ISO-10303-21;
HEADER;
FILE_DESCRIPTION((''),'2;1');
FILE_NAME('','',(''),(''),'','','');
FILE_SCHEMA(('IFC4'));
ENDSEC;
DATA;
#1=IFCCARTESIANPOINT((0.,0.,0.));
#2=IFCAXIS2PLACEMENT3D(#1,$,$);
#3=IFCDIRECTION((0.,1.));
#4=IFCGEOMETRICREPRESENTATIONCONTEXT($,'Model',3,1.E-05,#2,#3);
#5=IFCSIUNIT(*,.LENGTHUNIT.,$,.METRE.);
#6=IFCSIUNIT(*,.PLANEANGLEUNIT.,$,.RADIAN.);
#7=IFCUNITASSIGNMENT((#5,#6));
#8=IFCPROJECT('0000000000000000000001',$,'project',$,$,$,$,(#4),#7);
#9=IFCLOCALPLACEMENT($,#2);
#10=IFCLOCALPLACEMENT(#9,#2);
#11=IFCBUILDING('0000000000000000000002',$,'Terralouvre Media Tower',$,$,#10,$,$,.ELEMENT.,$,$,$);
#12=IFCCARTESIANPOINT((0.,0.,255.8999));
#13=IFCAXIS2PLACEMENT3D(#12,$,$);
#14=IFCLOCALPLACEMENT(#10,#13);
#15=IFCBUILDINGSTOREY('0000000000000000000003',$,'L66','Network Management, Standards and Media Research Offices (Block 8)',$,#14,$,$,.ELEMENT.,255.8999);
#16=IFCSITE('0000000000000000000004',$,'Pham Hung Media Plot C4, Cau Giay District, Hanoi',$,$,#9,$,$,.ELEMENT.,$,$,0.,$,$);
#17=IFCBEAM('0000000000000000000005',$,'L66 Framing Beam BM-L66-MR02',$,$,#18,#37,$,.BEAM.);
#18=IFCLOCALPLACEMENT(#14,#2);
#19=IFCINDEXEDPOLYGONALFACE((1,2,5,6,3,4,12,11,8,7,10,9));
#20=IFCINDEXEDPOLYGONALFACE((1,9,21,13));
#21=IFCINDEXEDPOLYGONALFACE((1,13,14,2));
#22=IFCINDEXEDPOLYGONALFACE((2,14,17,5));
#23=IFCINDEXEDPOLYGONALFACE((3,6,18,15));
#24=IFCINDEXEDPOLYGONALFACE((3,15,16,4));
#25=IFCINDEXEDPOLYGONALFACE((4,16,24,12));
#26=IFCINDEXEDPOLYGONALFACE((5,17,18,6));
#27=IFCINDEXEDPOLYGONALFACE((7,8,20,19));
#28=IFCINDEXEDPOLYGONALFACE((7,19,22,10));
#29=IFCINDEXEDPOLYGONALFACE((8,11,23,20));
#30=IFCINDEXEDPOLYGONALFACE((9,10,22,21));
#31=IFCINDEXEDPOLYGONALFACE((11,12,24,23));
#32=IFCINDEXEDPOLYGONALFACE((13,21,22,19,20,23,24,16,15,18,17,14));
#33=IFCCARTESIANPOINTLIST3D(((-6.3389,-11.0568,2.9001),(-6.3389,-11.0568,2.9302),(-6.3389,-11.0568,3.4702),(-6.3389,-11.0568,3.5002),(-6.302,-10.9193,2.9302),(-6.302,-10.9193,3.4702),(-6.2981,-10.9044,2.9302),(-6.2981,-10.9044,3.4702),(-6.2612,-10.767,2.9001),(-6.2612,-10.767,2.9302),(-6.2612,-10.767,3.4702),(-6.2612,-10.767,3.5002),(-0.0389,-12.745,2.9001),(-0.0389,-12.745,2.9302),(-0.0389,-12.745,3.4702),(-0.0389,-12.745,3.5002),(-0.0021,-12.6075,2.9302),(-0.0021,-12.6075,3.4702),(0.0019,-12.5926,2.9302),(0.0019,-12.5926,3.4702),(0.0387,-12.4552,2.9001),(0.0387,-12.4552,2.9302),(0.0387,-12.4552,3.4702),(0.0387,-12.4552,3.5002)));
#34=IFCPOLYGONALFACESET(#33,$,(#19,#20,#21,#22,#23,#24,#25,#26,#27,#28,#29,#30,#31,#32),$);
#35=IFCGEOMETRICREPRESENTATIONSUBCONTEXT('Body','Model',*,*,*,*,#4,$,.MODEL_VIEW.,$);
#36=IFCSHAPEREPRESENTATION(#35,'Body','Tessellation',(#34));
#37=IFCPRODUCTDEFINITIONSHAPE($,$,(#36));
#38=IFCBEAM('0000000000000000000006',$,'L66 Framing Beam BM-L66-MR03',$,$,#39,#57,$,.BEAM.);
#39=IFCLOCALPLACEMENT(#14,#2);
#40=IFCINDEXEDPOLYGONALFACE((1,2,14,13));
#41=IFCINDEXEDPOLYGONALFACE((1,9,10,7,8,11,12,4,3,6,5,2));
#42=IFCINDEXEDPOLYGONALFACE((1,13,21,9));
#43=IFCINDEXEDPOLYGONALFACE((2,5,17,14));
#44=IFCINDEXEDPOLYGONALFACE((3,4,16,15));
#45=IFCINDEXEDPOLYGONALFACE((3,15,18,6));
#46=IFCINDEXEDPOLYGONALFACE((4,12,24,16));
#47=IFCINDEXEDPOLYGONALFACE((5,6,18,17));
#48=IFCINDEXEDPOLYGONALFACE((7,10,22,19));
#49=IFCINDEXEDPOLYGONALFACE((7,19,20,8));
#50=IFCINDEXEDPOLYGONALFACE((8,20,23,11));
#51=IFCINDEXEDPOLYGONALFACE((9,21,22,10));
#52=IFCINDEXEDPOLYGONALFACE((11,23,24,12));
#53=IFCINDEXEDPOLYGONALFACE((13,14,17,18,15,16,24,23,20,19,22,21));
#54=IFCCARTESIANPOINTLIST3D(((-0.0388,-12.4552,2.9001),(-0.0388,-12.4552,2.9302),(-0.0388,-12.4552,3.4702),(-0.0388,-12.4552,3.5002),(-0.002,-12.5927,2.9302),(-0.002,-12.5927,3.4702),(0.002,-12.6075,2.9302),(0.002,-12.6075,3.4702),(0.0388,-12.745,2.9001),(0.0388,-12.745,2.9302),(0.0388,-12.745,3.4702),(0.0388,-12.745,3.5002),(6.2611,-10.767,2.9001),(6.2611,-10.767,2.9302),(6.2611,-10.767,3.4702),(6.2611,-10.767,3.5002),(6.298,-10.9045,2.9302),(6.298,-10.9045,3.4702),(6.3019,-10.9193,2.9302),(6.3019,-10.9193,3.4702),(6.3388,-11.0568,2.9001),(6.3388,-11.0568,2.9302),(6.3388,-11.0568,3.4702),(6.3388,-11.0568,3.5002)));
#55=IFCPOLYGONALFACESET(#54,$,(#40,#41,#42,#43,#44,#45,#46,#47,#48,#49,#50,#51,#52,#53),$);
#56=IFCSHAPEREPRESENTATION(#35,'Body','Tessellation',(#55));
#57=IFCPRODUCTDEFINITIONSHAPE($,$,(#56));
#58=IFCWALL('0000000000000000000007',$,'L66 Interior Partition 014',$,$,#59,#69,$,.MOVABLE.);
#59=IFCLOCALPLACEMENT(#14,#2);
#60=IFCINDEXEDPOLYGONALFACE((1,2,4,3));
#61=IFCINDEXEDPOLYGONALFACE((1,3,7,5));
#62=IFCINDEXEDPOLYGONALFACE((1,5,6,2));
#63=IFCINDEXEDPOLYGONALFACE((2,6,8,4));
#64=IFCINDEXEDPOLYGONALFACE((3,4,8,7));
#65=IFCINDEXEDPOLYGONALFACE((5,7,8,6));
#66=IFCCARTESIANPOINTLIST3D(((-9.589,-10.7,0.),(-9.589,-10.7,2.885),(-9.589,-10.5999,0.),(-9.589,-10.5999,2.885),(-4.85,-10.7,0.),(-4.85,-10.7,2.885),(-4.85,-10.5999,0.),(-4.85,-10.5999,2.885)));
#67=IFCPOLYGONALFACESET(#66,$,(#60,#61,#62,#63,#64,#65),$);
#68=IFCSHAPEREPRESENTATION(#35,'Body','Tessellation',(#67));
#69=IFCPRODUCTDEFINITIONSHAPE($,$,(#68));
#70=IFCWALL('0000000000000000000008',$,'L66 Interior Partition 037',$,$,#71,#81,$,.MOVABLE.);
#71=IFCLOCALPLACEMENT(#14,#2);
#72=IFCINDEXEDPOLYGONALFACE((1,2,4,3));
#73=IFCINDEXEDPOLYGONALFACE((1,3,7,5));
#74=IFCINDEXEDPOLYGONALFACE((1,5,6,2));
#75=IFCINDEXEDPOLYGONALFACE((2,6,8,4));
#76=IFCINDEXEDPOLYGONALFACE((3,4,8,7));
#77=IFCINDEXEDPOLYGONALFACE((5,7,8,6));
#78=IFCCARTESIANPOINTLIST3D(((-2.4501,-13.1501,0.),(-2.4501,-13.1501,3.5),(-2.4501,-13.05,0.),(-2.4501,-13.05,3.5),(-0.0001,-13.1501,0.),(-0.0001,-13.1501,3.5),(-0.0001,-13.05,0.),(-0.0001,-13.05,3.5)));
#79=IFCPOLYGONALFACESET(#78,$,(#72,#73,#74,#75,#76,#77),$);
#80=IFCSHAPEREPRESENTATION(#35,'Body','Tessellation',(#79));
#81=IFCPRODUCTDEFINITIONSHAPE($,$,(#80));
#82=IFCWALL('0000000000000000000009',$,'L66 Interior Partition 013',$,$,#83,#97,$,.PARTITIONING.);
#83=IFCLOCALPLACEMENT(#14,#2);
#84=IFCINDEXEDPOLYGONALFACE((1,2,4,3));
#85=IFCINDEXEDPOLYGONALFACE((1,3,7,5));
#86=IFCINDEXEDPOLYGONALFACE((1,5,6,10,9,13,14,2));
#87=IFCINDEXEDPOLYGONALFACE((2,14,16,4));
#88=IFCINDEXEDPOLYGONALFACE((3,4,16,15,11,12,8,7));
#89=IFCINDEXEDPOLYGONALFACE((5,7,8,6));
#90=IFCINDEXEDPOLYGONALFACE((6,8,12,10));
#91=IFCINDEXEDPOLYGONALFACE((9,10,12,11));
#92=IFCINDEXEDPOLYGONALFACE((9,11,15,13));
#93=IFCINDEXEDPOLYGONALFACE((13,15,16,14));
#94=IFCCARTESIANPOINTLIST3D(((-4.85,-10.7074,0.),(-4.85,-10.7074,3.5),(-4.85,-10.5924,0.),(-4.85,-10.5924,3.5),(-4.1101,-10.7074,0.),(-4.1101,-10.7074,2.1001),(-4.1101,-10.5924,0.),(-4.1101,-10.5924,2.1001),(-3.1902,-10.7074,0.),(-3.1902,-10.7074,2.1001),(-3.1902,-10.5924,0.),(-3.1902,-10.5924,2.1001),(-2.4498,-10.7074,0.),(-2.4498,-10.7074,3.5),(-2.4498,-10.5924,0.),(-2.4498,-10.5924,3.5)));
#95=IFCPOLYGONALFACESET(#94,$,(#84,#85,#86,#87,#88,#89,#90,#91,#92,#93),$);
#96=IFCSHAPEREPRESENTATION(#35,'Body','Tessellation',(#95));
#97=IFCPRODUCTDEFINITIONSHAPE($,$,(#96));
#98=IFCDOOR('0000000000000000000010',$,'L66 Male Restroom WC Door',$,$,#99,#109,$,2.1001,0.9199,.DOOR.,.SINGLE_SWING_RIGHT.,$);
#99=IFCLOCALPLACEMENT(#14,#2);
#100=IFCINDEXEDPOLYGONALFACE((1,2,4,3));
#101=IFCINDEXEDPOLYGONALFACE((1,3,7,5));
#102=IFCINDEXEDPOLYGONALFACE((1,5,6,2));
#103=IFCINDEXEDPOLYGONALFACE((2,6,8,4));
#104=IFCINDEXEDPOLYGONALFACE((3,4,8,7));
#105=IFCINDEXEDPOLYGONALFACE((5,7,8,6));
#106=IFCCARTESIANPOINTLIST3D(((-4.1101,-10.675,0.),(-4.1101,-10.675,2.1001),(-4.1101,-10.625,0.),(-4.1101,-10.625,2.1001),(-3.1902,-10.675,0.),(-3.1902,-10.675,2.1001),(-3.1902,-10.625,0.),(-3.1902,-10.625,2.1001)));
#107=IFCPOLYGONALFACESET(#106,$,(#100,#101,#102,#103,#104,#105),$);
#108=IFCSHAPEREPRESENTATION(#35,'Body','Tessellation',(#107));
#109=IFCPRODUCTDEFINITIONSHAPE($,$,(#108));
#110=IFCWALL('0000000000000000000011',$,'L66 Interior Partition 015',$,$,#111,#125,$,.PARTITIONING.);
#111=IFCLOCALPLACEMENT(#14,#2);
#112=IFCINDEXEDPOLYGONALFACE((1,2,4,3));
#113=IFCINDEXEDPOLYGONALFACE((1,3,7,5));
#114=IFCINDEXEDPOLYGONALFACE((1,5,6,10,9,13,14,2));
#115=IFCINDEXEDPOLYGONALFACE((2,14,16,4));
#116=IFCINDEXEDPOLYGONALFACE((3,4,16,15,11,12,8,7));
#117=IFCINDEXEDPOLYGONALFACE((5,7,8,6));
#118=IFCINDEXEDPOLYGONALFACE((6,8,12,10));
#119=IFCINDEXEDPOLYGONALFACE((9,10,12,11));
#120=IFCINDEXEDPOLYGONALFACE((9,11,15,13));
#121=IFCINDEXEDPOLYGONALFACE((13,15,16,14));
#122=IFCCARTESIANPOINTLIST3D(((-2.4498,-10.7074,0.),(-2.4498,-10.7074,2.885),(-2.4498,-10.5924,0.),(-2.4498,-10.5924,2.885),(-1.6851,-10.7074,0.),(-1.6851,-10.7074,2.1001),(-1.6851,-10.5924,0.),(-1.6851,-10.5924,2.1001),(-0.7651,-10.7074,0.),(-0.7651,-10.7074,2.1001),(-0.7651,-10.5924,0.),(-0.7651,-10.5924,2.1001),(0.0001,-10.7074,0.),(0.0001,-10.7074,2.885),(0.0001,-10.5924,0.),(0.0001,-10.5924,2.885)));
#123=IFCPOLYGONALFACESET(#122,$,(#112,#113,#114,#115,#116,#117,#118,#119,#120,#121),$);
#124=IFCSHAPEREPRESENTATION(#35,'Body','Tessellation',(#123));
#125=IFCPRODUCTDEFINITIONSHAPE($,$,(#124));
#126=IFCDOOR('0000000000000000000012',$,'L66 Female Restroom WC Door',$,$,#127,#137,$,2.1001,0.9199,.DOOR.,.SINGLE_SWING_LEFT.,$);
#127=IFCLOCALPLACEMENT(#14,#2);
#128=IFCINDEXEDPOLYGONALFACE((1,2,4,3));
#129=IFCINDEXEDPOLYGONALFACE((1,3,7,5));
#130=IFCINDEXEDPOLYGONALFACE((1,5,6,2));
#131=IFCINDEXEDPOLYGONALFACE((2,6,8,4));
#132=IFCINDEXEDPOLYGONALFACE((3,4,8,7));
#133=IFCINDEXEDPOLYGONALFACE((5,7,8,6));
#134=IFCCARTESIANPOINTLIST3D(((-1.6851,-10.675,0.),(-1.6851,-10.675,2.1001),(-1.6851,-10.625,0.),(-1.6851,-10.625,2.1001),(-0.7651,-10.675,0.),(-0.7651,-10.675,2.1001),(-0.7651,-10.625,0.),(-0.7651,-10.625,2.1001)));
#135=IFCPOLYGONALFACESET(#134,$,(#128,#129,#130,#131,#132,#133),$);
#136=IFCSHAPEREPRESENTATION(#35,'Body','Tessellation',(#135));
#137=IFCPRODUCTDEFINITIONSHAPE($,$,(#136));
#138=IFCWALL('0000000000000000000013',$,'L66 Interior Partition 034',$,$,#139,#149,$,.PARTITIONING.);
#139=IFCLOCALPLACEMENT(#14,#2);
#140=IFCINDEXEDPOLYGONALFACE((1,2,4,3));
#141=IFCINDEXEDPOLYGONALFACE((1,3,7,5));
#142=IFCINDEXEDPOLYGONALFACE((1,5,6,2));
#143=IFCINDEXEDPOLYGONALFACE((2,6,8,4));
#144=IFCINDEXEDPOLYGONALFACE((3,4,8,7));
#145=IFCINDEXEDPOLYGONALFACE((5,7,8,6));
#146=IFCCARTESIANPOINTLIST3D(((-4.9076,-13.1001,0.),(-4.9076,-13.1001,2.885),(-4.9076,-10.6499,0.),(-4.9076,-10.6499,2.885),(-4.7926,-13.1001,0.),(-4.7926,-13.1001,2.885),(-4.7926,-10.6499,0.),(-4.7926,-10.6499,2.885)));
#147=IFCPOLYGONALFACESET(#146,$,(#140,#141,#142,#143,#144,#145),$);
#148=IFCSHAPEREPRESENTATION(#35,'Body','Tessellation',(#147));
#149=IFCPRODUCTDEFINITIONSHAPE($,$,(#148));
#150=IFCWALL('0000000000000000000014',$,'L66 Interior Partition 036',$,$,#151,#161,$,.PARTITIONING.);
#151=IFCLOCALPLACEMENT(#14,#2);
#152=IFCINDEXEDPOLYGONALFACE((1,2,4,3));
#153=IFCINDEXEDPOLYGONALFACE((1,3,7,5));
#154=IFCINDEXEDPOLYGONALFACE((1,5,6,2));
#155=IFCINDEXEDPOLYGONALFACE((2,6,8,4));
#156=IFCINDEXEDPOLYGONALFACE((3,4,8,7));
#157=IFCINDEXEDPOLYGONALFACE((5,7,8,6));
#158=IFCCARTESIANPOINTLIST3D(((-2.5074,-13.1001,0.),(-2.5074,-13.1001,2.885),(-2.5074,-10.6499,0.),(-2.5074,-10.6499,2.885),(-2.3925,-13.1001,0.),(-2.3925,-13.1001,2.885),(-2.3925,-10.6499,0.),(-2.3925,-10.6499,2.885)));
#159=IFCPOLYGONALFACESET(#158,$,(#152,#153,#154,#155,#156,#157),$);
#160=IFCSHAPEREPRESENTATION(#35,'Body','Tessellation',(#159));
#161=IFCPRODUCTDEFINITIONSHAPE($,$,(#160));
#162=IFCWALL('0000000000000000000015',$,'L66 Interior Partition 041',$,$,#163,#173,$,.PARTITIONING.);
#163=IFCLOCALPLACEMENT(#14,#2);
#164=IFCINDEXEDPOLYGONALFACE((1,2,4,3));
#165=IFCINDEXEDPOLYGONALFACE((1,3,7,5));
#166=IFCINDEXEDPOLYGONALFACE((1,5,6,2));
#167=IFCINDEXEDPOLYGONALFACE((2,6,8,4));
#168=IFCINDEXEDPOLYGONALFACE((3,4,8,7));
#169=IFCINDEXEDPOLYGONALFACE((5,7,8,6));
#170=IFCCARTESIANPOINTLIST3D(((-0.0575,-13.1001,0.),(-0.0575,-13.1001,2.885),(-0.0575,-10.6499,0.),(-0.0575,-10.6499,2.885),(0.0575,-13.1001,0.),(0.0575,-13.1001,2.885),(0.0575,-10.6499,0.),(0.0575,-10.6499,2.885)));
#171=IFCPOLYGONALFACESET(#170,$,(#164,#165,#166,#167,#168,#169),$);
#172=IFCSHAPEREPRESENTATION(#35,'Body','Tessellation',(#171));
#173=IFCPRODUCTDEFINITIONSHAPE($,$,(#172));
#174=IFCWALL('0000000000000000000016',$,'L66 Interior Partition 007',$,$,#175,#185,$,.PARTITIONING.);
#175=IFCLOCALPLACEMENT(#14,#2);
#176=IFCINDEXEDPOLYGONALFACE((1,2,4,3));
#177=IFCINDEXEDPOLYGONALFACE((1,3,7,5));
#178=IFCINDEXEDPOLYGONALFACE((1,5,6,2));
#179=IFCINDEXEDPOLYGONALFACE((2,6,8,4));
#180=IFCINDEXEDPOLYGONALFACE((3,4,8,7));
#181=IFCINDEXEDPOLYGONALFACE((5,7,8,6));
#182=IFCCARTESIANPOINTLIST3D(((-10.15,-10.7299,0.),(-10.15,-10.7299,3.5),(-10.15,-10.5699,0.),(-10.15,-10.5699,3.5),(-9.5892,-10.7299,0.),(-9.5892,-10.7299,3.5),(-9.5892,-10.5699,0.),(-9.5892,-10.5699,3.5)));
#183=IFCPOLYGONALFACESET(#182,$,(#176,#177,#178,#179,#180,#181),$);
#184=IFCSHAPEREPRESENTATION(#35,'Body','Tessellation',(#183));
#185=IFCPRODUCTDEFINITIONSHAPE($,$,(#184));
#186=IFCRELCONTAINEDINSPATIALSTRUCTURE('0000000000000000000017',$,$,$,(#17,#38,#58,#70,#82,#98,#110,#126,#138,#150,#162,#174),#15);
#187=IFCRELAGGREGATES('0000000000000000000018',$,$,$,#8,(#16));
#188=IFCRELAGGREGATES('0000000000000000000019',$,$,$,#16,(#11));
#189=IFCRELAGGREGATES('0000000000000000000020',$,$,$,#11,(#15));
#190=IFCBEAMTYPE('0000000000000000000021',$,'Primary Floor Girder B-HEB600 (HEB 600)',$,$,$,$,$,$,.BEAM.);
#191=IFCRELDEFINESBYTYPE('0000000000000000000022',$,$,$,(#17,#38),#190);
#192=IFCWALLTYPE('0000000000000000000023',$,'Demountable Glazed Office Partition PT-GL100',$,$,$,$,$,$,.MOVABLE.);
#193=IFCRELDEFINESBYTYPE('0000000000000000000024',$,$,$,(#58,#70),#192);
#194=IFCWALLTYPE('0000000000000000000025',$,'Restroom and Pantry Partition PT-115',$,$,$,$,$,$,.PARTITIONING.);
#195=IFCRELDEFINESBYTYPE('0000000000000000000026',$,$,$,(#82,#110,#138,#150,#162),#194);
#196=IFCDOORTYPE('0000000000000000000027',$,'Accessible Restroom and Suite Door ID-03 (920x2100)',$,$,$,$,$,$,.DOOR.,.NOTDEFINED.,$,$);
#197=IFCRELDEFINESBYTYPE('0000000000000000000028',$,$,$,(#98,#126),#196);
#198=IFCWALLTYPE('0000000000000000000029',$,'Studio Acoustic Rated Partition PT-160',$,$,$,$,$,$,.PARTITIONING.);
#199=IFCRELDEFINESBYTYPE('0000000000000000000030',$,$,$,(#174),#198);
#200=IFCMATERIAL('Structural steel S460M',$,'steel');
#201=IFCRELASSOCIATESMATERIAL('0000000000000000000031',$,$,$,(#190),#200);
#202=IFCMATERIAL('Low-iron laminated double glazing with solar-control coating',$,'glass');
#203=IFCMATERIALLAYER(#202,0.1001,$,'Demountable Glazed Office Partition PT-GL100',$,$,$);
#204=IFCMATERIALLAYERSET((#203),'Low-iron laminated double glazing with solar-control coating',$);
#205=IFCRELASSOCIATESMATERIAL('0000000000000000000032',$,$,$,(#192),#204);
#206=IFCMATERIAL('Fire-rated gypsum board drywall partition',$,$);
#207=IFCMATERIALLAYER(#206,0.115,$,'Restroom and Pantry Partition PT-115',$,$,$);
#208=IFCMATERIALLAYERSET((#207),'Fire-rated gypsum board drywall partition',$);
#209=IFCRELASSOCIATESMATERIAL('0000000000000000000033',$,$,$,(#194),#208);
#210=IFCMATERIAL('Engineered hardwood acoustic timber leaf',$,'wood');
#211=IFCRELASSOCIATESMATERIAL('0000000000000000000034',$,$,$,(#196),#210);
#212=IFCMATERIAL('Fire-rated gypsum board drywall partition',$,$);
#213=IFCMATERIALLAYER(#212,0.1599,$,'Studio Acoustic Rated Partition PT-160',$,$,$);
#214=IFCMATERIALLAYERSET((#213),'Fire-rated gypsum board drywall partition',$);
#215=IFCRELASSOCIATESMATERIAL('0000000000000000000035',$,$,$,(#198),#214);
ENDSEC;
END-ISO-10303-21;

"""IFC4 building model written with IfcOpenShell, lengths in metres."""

from ifc_helpers import new_model, si_unit, direction, frame, frame_2d, origin, origin_2d, place, context, subcontext, project, spatial, rectangle, i_section, extrude, material, layer, layer_set, material_profile, profile_set, type_object, element, fill, save


model = new_model("IFC4")

# Units and contexts
model_context = context("Model", 3, precision=1e-05, world=origin(), true_north=direction((0.0, 1.0)))
body_context = subcontext(model_context, "Body", "Model", "MODEL_VIEW")
ifc_project = project(units=[si_unit("LENGTHUNIT", "METRE"), si_unit("PLANEANGLEUNIT", "RADIAN")], contexts=[model_context])

# Site, building, storey
site_placement = place(None, origin())
site = spatial("IfcSite", under=ifc_project, at=site_placement, Name="Pham Hung Media Plot C4, Cau Giay District, Hanoi", CompositionType="ELEMENT", RefElevation=0.0)
building_placement = place(site_placement, origin())
building = spatial("IfcBuilding", under=site, at=building_placement, Name="Terralouvre Media Tower", CompositionType="ELEMENT")
storey_placement = place(building_placement, frame((0.0, 0.0, 255.8999)))
storey = spatial("IfcBuildingStorey", under=building, at=storey_placement, Name="L66", Description="Network Management, Standards and Media Research Offices (Block 8)", CompositionType="ELEMENT", Elevation=255.8999)

# Beams
ifc_material_1 = material(Name="Structural steel S460M", Category="steel")
ifc_material_profile_1 = material_profile(ifc_material_1, i_section(OverallWidth=0.3, OverallDepth=0.6001, WebThickness=0.0154, FlangeThickness=0.03, at=origin_2d()), Name="HEB 600")
ifc_profile_set_1 = profile_set([ifc_material_profile_1], Name="Structural steel S460M")
beam_type_1 = type_object("IfcBeamType", Name="Primary Floor Girder B-HEB600 (HEB 600)", PredefinedType="BEAM", material=ifc_profile_set_1)
for number, where, z_axis, x_axis, name in (
    (1, (-6.3, -10.9119, 3.2002), (0.96592, -0.258839, 0.0), (0.258839, 0.96592, 0.0), "L66 Framing Beam BM-L66-MR02"),
    (2, (0.0, -12.6001, 3.2002), (0.96592, 0.258839, 0.0), (-0.258839, 0.96592, 0.0), "L66 Framing Beam BM-L66-MR03"),
):
    element("IfcBeam", number, at=place(storey_placement, frame(where, z_axis=z_axis, x_axis=x_axis)), inside=storey, type_object=beam_type_1, Name=name, PredefinedType="BEAM", context=body_context, shape_type="SweptSolid", body=[
        extrude(i_section(OverallWidth=0.3, OverallDepth=0.6001, WebThickness=0.0154, FlangeThickness=0.03, at=origin_2d()), origin(), (0.0, 0.0, 1.0), 6.5222),
    ])

# Walls
ifc_material_2 = material(Name="Low-iron laminated double glazing with solar-control coating", Category="glass")
ifc_layer_1 = layer(ifc_material_2, 0.1001, Name="Demountable Glazed Office Partition PT-GL100")
ifc_layer_set_1 = layer_set([ifc_layer_1], Name="Low-iron laminated double glazing with solar-control coating")
wall_type_1 = type_object("IfcWallType", Name="Demountable Glazed Office Partition PT-GL100", PredefinedType="MOVABLE", material=ifc_layer_set_1)
wall_1_placement = place(storey_placement, frame((-9.5891, -10.6499, 0.0), z_axis=(0.0, 0.0, 1.0), x_axis=(1.0, 0.0, 0.0)))
element("IfcWall", 3, at=wall_1_placement, inside=storey, type_object=wall_type_1, Name="L66 Interior Partition 014", PredefinedType="MOVABLE", context=body_context, shape_type="SweptSolid", body=[
    extrude(rectangle(XDim=4.739, YDim=0.1001, at=frame_2d((2.3696, 0.0))), origin(), (0.0, 0.0, 1.0), 2.885),
])
wall_2_placement = place(storey_placement, frame((0.0, -13.1001, 0.0), z_axis=(0.0, 0.0, 1.0), x_axis=(-1.0, 0.0, 0.0)))
element("IfcWall", 4, at=wall_2_placement, inside=storey, type_object=wall_type_1, Name="L66 Interior Partition 037", PredefinedType="MOVABLE", context=body_context, shape_type="SweptSolid", body=[
    extrude(rectangle(XDim=2.45, YDim=0.1001, at=frame_2d((1.2251, 0.0))), origin(), (0.0, 0.0, 1.0), 3.5),
])

# Walls, openings, doors
ifc_material_3 = material(Name="Fire-rated gypsum board drywall partition")
ifc_layer_2 = layer(ifc_material_3, 0.115, Name="Restroom and Pantry Partition PT-115")
ifc_layer_set_2 = layer_set([ifc_layer_2], Name="Fire-rated gypsum board drywall partition")
wall_type_2 = type_object("IfcWallType", Name="Restroom and Pantry Partition PT-115", PredefinedType="PARTITIONING", material=ifc_layer_set_2)
wall_3_placement = place(storey_placement, frame((-4.8501, -10.6499, 0.0), z_axis=(0.0, 0.0, 1.0), x_axis=(1.0, 0.0, 0.0)))
wall_3 = element("IfcWall", 5, at=wall_3_placement, inside=storey, type_object=wall_type_2, Name="L66 Interior Partition 013", PredefinedType="PARTITIONING", context=body_context, shape_type="SweptSolid", body=[
    extrude(rectangle(XDim=2.4001, YDim=0.115, at=frame_2d((1.2002, 0.0))), origin(), (0.0, 0.0, 1.0), 3.5),
])
opening_1_placement = place(wall_3_placement, frame((0.74, 0.0, 0.0)))
opening_1 = element("IfcOpeningElement", 6, at=opening_1_placement, cuts=wall_3, PredefinedType="OPENING", context=body_context, shape_type="SweptSolid", body=[
    extrude(rectangle(XDim=0.9199, YDim=2.1001, at=frame_2d((0.46, 1.05))), frame((0.0, 0.0674, 0.0), z_axis=(0.0, -1.0, 0.0), x_axis=(1.0, 0.0, 0.0)), (0.0, 0.0, 1.0), 0.135),
])
ifc_material_4 = material(Name="Engineered hardwood acoustic timber leaf", Category="wood")
door_type = type_object("IfcDoorType", Name="Accessible Restroom and Suite Door ID-03 (920x2100)", OperationType="NOTDEFINED", PredefinedType="DOOR", material=ifc_material_4)
door_1_placement = place(opening_1_placement, origin())
door_1 = element("IfcDoor", 7, at=door_1_placement, inside=storey, type_object=door_type, Name="L66 Male Restroom WC Door", OperationType="SINGLE_SWING_RIGHT", OverallHeight=2.1001, OverallWidth=0.9199, PredefinedType="DOOR", context=body_context, shape_type="SweptSolid", body=[
    extrude(rectangle(XDim=0.9199, YDim=2.1001, at=frame_2d((0.46, 1.05))), frame((0.0, 0.0249, 0.0), z_axis=(0.0, -1.0, 0.0), x_axis=(1.0, 0.0, 0.0)), (0.0, 0.0, 1.0), 0.05),
])
fill(opening_1, door_1)
wall_4_placement = place(storey_placement, frame((-2.45, -10.6499, 0.0), z_axis=(0.0, 0.0, 1.0), x_axis=(1.0, 0.0, 0.0)))
wall_4 = element("IfcWall", 8, at=wall_4_placement, inside=storey, type_object=wall_type_2, Name="L66 Interior Partition 015", PredefinedType="PARTITIONING", context=body_context, shape_type="SweptSolid", body=[
    extrude(rectangle(XDim=2.45, YDim=0.115, at=frame_2d((1.2251, 0.0))), origin(), (0.0, 0.0, 1.0), 2.885),
])
opening_2_placement = place(wall_4_placement, frame((0.7649, 0.0, 0.0)))
opening_2 = element("IfcOpeningElement", 9, at=opening_2_placement, cuts=wall_4, PredefinedType="OPENING", context=body_context, shape_type="SweptSolid", body=[
    extrude(rectangle(XDim=0.9199, YDim=2.1001, at=frame_2d((0.46, 1.05))), frame((0.0, 0.0674, 0.0), z_axis=(0.0, -1.0, 0.0), x_axis=(1.0, 0.0, 0.0)), (0.0, 0.0, 1.0), 0.135),
])
door_2_placement = place(opening_2_placement, origin())
door_2 = element("IfcDoor", 10, at=door_2_placement, inside=storey, type_object=door_type, Name="L66 Female Restroom WC Door", OperationType="SINGLE_SWING_LEFT", OverallHeight=2.1001, OverallWidth=0.9199, PredefinedType="DOOR", context=body_context, shape_type="SweptSolid", body=[
    extrude(rectangle(XDim=0.9199, YDim=2.1001, at=frame_2d((0.46, 1.05))), frame((0.0, 0.0249, 0.0), z_axis=(0.0, -1.0, 0.0), x_axis=(1.0, 0.0, 0.0)), (0.0, 0.0, 1.0), 0.05),
])
fill(opening_2, door_2)

# Walls
for number, where, z_axis, x_axis, name in (
    (11, (-4.8501, -10.6499, 0.0), (0.0, 0.0, 1.0), (0.0, -1.0, 0.0), "L66 Interior Partition 034"),
    (12, (-2.45, -13.1001, 0.0), (0.0, 0.0, 1.0), (0.0, 1.0, 0.0), "L66 Interior Partition 036"),
    (13, (0.0, -13.1001, 0.0), (0.0, 0.0, 1.0), (0.0, 1.0, 0.0), "L66 Interior Partition 041"),
):
    element("IfcWall", number, at=place(storey_placement, frame(where, z_axis=z_axis, x_axis=x_axis)), inside=storey, type_object=wall_type_2, Name=name, PredefinedType="PARTITIONING", context=body_context, shape_type="SweptSolid", body=[
        extrude(rectangle(XDim=2.4502, YDim=0.115, at=frame_2d((1.2251, 0.0))), origin(), (0.0, 0.0, 1.0), 2.885),
    ])
ifc_material_5 = material(Name="Fire-rated gypsum board drywall partition")
ifc_layer_3 = layer(ifc_material_5, 0.1599, Name="Studio Acoustic Rated Partition PT-160")
ifc_layer_set_3 = layer_set([ifc_layer_3], Name="Fire-rated gypsum board drywall partition")
wall_type_3 = type_object("IfcWallType", Name="Studio Acoustic Rated Partition PT-160", PredefinedType="PARTITIONING", material=ifc_layer_set_3)
wall_5_placement = place(storey_placement, frame((-10.1499, -10.6499, 0.0), z_axis=(0.0, 0.0, 1.0), x_axis=(1.0, 0.0, 0.0)))
element("IfcWall", 14, at=wall_5_placement, inside=storey, type_object=wall_type_3, Name="L66 Interior Partition 007", PredefinedType="PARTITIONING", context=body_context, shape_type="SweptSolid", body=[
    extrude(rectangle(XDim=0.5608, YDim=0.1599, at=frame_2d((0.2803, 0.0))), origin(), (0.0, 0.0, 1.0), 3.5),
])

save(model, "model.ifc")
